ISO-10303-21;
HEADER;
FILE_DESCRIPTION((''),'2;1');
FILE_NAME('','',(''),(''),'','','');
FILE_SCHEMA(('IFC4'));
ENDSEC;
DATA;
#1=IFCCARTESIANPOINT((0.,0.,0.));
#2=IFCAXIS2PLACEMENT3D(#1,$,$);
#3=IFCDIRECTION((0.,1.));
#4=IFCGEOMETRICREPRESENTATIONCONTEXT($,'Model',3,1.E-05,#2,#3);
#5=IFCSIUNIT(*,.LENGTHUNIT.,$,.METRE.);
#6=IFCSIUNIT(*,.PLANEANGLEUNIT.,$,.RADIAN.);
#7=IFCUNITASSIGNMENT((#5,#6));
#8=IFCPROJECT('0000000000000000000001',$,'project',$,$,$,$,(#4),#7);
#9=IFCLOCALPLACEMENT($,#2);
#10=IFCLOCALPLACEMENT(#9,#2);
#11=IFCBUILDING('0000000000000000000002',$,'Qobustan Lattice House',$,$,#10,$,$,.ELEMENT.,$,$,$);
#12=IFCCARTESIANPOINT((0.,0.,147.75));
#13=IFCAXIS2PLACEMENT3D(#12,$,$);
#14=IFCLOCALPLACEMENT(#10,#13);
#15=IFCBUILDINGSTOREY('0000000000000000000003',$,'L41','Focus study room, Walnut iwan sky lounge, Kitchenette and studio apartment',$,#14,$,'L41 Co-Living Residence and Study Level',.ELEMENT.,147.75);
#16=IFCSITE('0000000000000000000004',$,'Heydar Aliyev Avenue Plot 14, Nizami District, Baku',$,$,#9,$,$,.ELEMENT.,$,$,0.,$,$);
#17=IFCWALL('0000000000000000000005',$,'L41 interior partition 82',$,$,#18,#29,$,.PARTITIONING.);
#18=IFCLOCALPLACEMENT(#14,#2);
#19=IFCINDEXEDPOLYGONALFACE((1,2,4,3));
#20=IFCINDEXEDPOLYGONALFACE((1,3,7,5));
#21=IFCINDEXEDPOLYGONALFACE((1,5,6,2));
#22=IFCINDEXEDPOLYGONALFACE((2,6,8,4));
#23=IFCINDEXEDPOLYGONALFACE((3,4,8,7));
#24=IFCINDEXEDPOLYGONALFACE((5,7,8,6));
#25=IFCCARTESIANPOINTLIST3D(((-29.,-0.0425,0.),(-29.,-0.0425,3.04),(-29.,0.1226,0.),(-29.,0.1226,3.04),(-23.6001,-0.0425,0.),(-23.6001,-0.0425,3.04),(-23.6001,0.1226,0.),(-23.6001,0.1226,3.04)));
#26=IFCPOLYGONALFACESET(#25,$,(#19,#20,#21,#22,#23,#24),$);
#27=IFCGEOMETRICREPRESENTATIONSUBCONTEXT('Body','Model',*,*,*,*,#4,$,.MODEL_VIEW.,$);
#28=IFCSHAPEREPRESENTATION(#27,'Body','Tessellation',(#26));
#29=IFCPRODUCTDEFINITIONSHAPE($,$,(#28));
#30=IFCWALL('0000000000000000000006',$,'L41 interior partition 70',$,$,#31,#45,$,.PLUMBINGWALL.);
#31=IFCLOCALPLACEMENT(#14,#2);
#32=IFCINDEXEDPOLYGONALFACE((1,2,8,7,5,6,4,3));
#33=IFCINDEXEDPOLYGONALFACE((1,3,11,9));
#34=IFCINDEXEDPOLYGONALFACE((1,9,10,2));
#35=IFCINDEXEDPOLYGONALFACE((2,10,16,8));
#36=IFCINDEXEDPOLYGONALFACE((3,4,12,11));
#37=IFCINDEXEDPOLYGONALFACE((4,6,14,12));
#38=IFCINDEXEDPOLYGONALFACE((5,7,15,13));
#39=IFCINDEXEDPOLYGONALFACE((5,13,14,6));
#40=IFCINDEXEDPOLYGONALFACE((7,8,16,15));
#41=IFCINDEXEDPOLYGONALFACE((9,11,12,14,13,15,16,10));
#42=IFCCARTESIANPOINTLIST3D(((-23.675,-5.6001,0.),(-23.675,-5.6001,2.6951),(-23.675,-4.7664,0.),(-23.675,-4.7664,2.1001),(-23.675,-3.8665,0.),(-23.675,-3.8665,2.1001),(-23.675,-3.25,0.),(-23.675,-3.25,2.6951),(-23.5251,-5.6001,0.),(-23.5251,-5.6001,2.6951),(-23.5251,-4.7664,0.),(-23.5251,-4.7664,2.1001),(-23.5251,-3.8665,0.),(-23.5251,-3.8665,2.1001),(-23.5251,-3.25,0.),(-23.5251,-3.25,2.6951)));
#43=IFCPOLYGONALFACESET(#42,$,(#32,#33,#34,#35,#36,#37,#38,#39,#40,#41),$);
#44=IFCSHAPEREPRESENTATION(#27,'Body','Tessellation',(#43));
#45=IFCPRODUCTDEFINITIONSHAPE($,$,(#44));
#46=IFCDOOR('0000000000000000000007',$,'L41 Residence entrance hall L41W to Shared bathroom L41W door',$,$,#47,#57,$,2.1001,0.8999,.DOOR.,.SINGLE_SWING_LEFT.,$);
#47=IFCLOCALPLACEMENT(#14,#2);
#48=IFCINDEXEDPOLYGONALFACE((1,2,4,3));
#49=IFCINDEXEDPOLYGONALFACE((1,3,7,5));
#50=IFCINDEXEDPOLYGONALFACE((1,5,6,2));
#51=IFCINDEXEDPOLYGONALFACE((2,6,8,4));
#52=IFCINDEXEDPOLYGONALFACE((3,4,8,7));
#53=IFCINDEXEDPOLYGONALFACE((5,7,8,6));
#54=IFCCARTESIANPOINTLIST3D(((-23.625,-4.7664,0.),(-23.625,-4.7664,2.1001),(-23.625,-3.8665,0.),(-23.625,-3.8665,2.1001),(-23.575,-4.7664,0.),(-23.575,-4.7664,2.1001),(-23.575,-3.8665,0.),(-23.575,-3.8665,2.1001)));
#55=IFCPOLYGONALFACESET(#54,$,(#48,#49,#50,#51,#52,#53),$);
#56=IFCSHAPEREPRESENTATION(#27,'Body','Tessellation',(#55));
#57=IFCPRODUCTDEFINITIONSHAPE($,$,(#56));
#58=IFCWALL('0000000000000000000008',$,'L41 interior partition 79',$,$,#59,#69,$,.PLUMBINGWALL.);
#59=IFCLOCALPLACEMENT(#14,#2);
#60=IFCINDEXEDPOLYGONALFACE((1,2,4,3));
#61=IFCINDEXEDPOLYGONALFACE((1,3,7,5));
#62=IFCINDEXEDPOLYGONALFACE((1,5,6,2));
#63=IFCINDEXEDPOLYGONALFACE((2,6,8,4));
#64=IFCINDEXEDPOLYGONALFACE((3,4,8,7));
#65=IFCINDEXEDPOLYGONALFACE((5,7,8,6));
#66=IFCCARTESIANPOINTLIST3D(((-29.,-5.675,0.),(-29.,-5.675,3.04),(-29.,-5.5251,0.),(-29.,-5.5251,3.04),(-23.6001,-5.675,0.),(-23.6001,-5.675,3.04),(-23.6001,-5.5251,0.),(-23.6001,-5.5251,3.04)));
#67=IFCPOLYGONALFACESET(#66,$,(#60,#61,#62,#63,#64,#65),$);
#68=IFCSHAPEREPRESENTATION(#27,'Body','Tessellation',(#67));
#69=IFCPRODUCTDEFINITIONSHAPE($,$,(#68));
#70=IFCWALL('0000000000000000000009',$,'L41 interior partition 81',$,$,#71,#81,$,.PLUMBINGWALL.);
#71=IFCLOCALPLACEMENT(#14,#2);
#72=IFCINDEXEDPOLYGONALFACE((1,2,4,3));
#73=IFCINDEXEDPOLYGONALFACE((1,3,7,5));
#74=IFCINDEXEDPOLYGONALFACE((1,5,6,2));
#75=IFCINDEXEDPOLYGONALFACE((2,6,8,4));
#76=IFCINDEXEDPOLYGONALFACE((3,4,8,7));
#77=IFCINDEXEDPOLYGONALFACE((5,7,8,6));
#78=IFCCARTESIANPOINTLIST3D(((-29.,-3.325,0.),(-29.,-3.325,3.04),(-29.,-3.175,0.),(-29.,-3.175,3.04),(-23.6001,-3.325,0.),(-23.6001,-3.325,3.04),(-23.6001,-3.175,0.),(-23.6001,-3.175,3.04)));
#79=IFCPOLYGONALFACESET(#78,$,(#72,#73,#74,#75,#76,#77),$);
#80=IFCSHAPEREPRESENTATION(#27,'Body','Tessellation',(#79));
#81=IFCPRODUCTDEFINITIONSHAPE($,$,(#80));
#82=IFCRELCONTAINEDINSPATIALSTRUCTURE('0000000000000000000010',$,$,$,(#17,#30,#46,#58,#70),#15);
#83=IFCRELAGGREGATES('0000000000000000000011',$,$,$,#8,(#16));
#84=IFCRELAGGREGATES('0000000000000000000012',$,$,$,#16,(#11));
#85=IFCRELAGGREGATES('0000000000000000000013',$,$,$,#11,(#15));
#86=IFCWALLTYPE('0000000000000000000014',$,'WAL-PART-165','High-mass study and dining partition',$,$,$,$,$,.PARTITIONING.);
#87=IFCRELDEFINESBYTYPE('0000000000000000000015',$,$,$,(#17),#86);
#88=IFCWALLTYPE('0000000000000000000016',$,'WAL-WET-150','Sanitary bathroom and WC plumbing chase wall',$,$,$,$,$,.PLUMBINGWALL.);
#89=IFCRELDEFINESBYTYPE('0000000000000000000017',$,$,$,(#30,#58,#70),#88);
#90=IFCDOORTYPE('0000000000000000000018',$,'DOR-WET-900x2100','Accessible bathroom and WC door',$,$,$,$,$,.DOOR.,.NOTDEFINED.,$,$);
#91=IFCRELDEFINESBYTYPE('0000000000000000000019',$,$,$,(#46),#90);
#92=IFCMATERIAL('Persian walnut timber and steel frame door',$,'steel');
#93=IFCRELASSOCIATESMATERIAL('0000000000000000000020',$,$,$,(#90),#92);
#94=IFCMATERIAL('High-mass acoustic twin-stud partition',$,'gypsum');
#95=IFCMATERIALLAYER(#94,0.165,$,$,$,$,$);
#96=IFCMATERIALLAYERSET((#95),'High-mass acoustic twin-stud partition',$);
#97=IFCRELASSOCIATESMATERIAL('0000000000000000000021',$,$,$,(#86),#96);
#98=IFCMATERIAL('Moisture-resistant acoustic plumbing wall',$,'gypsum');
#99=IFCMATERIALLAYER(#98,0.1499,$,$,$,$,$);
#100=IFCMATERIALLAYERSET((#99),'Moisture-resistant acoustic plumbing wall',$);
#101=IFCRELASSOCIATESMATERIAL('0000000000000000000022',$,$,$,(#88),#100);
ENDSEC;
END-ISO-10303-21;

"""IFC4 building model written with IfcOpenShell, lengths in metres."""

from ifc_helpers import new_model, si_unit, direction, frame, frame_2d, origin, place, context, subcontext, project, spatial, rectangle, extrude, material, layer, layer_set, type_object, element, fill, save


model = new_model("IFC4")

# Units and contexts
model_context = context("Model", 3, precision=1e-05, world=origin(), true_north=direction((0.0, 1.0)))
body_context = subcontext(model_context, "Body", "Model", "MODEL_VIEW")
ifc_project = project(units=[si_unit("LENGTHUNIT", "METRE"), si_unit("PLANEANGLEUNIT", "RADIAN")], contexts=[model_context])

# Site, building, storey
site_placement = place(None, origin())
site = spatial("IfcSite", under=ifc_project, at=site_placement, Name="Heydar Aliyev Avenue Plot 14, Nizami District, Baku", CompositionType="ELEMENT", RefElevation=0.0)
building_placement = place(site_placement, origin())
building = spatial("IfcBuilding", under=site, at=building_placement, Name="Qobustan Lattice House", CompositionType="ELEMENT")
storey_placement = place(building_placement, frame((0.0, 0.0, 147.75)))
storey = spatial("IfcBuildingStorey", under=building, at=storey_placement, Name="L41", Description="Focus study room, Walnut iwan sky lounge, Kitchenette and studio apartment", LongName="L41 Co-Living Residence and Study Level", CompositionType="ELEMENT", Elevation=147.75)

# Shared definitions
ifc_material_1 = material(Name="Persian walnut timber and steel frame door", Category="steel")
door_type_1 = type_object("IfcDoorType", Name="DOR-WET-900x2100", Description="Accessible bathroom and WC door", OperationType="NOTDEFINED", PredefinedType="DOOR", material=ifc_material_1)

# Shared definitions
ifc_material_2 = material(Name="High-mass acoustic twin-stud partition", Category="gypsum")
ifc_layer_1 = layer(ifc_material_2, 0.165)
ifc_layer_set_1 = layer_set([ifc_layer_1], Name="High-mass acoustic twin-stud partition")
wall_type_1 = type_object("IfcWallType", Name="WAL-PART-165", Description="High-mass study and dining partition", PredefinedType="PARTITIONING", material=ifc_layer_set_1)

# Wall
wall_1_placement = place(storey_placement, frame((-29.0, 0.04, 0.0), z_axis=(0.0, 0.0, 1.0), x_axis=(1.0, 0.0, 0.0)))
element("IfcWall", 1, at=wall_1_placement, inside=storey, type_object=wall_type_1, Name="L41 interior partition 82", PredefinedType="PARTITIONING", context=body_context, shape_type="SweptSolid", body=[
    extrude(rectangle(XDim=5.3999, YDim=0.165, at=frame_2d((2.7, 0.0))), origin(), (0.0, 0.0, 1.0), 3.04),
])

# Wall, opening, door
ifc_material_3 = material(Name="Moisture-resistant acoustic plumbing wall", Category="gypsum")
ifc_layer_2 = layer(ifc_material_3, 0.1499)
ifc_layer_set_2 = layer_set([ifc_layer_2], Name="Moisture-resistant acoustic plumbing wall")
wall_type_2 = type_object("IfcWallType", Name="WAL-WET-150", Description="Sanitary bathroom and WC plumbing chase wall", PredefinedType="PLUMBINGWALL", material=ifc_layer_set_2)
wall_2_placement = place(storey_placement, frame((-23.6001, -5.6001, 0.0), z_axis=(0.0, 0.0, 1.0), x_axis=(0.0, 1.0, 0.0)))
wall_2 = element("IfcWall", 2, at=wall_2_placement, inside=storey, type_object=wall_type_2, Name="L41 interior partition 70", PredefinedType="PLUMBINGWALL", context=body_context, shape_type="SweptSolid", body=[
    extrude(rectangle(XDim=2.3501, YDim=0.1499, at=frame_2d((1.175, 0.0))), origin(), (0.0, 0.0, 1.0), 2.6951),
])
opening_1_placement = place(wall_2_placement, frame((0.8337, 0.0, 0.0)))
opening_1 = element("IfcOpeningElement", 3, at=opening_1_placement, cuts=wall_2, PredefinedType="OPENING", context=body_context, shape_type="SweptSolid", body=[
    extrude(rectangle(XDim=0.8999, YDim=2.1001, at=frame_2d((0.45, 1.05))), frame((0.0, 0.085, 0.0), z_axis=(0.0, -1.0, 0.0), x_axis=(1.0, 0.0, 0.0)), (0.0, 0.0, 1.0), 0.1699),
])
door_1_placement = place(opening_1_placement, origin())
door_1 = element("IfcDoor", 4, at=door_1_placement, inside=storey, type_object=door_type_1, Name="L41 Residence entrance hall L41W to Shared bathroom L41W door", OperationType="SINGLE_SWING_LEFT", OverallHeight=2.1001, OverallWidth=0.8999, PredefinedType="DOOR", context=body_context, shape_type="SweptSolid", body=[
    extrude(rectangle(XDim=0.8999, YDim=2.1001, at=frame_2d((0.45, 1.05))), frame((0.0, 0.0249, 0.0), z_axis=(0.0, -1.0, 0.0), x_axis=(1.0, 0.0, 0.0)), (0.0, 0.0, 1.0), 0.05),
])
fill(opening_1, door_1)

# Walls
for number, where, z_axis, x_axis, name in (
    (5, (-29.0, -5.6001, 0.0), (0.0, 0.0, 1.0), (1.0, 0.0, 0.0), "L41 interior partition 79"),
    (6, (-29.0, -3.25, 0.0), (0.0, 0.0, 1.0), (1.0, 0.0, 0.0), "L41 interior partition 81"),
):
    element("IfcWall", number, at=place(storey_placement, frame(where, z_axis=z_axis, x_axis=x_axis)), inside=storey, type_object=wall_type_2, Name=name, PredefinedType="PLUMBINGWALL", context=body_context, shape_type="SweptSolid", body=[
        extrude(rectangle(XDim=5.3999, YDim=0.1499, at=frame_2d((2.7, 0.0))), origin(), (0.0, 0.0, 1.0), 3.04),
    ])

save(model, "model.ifc")
